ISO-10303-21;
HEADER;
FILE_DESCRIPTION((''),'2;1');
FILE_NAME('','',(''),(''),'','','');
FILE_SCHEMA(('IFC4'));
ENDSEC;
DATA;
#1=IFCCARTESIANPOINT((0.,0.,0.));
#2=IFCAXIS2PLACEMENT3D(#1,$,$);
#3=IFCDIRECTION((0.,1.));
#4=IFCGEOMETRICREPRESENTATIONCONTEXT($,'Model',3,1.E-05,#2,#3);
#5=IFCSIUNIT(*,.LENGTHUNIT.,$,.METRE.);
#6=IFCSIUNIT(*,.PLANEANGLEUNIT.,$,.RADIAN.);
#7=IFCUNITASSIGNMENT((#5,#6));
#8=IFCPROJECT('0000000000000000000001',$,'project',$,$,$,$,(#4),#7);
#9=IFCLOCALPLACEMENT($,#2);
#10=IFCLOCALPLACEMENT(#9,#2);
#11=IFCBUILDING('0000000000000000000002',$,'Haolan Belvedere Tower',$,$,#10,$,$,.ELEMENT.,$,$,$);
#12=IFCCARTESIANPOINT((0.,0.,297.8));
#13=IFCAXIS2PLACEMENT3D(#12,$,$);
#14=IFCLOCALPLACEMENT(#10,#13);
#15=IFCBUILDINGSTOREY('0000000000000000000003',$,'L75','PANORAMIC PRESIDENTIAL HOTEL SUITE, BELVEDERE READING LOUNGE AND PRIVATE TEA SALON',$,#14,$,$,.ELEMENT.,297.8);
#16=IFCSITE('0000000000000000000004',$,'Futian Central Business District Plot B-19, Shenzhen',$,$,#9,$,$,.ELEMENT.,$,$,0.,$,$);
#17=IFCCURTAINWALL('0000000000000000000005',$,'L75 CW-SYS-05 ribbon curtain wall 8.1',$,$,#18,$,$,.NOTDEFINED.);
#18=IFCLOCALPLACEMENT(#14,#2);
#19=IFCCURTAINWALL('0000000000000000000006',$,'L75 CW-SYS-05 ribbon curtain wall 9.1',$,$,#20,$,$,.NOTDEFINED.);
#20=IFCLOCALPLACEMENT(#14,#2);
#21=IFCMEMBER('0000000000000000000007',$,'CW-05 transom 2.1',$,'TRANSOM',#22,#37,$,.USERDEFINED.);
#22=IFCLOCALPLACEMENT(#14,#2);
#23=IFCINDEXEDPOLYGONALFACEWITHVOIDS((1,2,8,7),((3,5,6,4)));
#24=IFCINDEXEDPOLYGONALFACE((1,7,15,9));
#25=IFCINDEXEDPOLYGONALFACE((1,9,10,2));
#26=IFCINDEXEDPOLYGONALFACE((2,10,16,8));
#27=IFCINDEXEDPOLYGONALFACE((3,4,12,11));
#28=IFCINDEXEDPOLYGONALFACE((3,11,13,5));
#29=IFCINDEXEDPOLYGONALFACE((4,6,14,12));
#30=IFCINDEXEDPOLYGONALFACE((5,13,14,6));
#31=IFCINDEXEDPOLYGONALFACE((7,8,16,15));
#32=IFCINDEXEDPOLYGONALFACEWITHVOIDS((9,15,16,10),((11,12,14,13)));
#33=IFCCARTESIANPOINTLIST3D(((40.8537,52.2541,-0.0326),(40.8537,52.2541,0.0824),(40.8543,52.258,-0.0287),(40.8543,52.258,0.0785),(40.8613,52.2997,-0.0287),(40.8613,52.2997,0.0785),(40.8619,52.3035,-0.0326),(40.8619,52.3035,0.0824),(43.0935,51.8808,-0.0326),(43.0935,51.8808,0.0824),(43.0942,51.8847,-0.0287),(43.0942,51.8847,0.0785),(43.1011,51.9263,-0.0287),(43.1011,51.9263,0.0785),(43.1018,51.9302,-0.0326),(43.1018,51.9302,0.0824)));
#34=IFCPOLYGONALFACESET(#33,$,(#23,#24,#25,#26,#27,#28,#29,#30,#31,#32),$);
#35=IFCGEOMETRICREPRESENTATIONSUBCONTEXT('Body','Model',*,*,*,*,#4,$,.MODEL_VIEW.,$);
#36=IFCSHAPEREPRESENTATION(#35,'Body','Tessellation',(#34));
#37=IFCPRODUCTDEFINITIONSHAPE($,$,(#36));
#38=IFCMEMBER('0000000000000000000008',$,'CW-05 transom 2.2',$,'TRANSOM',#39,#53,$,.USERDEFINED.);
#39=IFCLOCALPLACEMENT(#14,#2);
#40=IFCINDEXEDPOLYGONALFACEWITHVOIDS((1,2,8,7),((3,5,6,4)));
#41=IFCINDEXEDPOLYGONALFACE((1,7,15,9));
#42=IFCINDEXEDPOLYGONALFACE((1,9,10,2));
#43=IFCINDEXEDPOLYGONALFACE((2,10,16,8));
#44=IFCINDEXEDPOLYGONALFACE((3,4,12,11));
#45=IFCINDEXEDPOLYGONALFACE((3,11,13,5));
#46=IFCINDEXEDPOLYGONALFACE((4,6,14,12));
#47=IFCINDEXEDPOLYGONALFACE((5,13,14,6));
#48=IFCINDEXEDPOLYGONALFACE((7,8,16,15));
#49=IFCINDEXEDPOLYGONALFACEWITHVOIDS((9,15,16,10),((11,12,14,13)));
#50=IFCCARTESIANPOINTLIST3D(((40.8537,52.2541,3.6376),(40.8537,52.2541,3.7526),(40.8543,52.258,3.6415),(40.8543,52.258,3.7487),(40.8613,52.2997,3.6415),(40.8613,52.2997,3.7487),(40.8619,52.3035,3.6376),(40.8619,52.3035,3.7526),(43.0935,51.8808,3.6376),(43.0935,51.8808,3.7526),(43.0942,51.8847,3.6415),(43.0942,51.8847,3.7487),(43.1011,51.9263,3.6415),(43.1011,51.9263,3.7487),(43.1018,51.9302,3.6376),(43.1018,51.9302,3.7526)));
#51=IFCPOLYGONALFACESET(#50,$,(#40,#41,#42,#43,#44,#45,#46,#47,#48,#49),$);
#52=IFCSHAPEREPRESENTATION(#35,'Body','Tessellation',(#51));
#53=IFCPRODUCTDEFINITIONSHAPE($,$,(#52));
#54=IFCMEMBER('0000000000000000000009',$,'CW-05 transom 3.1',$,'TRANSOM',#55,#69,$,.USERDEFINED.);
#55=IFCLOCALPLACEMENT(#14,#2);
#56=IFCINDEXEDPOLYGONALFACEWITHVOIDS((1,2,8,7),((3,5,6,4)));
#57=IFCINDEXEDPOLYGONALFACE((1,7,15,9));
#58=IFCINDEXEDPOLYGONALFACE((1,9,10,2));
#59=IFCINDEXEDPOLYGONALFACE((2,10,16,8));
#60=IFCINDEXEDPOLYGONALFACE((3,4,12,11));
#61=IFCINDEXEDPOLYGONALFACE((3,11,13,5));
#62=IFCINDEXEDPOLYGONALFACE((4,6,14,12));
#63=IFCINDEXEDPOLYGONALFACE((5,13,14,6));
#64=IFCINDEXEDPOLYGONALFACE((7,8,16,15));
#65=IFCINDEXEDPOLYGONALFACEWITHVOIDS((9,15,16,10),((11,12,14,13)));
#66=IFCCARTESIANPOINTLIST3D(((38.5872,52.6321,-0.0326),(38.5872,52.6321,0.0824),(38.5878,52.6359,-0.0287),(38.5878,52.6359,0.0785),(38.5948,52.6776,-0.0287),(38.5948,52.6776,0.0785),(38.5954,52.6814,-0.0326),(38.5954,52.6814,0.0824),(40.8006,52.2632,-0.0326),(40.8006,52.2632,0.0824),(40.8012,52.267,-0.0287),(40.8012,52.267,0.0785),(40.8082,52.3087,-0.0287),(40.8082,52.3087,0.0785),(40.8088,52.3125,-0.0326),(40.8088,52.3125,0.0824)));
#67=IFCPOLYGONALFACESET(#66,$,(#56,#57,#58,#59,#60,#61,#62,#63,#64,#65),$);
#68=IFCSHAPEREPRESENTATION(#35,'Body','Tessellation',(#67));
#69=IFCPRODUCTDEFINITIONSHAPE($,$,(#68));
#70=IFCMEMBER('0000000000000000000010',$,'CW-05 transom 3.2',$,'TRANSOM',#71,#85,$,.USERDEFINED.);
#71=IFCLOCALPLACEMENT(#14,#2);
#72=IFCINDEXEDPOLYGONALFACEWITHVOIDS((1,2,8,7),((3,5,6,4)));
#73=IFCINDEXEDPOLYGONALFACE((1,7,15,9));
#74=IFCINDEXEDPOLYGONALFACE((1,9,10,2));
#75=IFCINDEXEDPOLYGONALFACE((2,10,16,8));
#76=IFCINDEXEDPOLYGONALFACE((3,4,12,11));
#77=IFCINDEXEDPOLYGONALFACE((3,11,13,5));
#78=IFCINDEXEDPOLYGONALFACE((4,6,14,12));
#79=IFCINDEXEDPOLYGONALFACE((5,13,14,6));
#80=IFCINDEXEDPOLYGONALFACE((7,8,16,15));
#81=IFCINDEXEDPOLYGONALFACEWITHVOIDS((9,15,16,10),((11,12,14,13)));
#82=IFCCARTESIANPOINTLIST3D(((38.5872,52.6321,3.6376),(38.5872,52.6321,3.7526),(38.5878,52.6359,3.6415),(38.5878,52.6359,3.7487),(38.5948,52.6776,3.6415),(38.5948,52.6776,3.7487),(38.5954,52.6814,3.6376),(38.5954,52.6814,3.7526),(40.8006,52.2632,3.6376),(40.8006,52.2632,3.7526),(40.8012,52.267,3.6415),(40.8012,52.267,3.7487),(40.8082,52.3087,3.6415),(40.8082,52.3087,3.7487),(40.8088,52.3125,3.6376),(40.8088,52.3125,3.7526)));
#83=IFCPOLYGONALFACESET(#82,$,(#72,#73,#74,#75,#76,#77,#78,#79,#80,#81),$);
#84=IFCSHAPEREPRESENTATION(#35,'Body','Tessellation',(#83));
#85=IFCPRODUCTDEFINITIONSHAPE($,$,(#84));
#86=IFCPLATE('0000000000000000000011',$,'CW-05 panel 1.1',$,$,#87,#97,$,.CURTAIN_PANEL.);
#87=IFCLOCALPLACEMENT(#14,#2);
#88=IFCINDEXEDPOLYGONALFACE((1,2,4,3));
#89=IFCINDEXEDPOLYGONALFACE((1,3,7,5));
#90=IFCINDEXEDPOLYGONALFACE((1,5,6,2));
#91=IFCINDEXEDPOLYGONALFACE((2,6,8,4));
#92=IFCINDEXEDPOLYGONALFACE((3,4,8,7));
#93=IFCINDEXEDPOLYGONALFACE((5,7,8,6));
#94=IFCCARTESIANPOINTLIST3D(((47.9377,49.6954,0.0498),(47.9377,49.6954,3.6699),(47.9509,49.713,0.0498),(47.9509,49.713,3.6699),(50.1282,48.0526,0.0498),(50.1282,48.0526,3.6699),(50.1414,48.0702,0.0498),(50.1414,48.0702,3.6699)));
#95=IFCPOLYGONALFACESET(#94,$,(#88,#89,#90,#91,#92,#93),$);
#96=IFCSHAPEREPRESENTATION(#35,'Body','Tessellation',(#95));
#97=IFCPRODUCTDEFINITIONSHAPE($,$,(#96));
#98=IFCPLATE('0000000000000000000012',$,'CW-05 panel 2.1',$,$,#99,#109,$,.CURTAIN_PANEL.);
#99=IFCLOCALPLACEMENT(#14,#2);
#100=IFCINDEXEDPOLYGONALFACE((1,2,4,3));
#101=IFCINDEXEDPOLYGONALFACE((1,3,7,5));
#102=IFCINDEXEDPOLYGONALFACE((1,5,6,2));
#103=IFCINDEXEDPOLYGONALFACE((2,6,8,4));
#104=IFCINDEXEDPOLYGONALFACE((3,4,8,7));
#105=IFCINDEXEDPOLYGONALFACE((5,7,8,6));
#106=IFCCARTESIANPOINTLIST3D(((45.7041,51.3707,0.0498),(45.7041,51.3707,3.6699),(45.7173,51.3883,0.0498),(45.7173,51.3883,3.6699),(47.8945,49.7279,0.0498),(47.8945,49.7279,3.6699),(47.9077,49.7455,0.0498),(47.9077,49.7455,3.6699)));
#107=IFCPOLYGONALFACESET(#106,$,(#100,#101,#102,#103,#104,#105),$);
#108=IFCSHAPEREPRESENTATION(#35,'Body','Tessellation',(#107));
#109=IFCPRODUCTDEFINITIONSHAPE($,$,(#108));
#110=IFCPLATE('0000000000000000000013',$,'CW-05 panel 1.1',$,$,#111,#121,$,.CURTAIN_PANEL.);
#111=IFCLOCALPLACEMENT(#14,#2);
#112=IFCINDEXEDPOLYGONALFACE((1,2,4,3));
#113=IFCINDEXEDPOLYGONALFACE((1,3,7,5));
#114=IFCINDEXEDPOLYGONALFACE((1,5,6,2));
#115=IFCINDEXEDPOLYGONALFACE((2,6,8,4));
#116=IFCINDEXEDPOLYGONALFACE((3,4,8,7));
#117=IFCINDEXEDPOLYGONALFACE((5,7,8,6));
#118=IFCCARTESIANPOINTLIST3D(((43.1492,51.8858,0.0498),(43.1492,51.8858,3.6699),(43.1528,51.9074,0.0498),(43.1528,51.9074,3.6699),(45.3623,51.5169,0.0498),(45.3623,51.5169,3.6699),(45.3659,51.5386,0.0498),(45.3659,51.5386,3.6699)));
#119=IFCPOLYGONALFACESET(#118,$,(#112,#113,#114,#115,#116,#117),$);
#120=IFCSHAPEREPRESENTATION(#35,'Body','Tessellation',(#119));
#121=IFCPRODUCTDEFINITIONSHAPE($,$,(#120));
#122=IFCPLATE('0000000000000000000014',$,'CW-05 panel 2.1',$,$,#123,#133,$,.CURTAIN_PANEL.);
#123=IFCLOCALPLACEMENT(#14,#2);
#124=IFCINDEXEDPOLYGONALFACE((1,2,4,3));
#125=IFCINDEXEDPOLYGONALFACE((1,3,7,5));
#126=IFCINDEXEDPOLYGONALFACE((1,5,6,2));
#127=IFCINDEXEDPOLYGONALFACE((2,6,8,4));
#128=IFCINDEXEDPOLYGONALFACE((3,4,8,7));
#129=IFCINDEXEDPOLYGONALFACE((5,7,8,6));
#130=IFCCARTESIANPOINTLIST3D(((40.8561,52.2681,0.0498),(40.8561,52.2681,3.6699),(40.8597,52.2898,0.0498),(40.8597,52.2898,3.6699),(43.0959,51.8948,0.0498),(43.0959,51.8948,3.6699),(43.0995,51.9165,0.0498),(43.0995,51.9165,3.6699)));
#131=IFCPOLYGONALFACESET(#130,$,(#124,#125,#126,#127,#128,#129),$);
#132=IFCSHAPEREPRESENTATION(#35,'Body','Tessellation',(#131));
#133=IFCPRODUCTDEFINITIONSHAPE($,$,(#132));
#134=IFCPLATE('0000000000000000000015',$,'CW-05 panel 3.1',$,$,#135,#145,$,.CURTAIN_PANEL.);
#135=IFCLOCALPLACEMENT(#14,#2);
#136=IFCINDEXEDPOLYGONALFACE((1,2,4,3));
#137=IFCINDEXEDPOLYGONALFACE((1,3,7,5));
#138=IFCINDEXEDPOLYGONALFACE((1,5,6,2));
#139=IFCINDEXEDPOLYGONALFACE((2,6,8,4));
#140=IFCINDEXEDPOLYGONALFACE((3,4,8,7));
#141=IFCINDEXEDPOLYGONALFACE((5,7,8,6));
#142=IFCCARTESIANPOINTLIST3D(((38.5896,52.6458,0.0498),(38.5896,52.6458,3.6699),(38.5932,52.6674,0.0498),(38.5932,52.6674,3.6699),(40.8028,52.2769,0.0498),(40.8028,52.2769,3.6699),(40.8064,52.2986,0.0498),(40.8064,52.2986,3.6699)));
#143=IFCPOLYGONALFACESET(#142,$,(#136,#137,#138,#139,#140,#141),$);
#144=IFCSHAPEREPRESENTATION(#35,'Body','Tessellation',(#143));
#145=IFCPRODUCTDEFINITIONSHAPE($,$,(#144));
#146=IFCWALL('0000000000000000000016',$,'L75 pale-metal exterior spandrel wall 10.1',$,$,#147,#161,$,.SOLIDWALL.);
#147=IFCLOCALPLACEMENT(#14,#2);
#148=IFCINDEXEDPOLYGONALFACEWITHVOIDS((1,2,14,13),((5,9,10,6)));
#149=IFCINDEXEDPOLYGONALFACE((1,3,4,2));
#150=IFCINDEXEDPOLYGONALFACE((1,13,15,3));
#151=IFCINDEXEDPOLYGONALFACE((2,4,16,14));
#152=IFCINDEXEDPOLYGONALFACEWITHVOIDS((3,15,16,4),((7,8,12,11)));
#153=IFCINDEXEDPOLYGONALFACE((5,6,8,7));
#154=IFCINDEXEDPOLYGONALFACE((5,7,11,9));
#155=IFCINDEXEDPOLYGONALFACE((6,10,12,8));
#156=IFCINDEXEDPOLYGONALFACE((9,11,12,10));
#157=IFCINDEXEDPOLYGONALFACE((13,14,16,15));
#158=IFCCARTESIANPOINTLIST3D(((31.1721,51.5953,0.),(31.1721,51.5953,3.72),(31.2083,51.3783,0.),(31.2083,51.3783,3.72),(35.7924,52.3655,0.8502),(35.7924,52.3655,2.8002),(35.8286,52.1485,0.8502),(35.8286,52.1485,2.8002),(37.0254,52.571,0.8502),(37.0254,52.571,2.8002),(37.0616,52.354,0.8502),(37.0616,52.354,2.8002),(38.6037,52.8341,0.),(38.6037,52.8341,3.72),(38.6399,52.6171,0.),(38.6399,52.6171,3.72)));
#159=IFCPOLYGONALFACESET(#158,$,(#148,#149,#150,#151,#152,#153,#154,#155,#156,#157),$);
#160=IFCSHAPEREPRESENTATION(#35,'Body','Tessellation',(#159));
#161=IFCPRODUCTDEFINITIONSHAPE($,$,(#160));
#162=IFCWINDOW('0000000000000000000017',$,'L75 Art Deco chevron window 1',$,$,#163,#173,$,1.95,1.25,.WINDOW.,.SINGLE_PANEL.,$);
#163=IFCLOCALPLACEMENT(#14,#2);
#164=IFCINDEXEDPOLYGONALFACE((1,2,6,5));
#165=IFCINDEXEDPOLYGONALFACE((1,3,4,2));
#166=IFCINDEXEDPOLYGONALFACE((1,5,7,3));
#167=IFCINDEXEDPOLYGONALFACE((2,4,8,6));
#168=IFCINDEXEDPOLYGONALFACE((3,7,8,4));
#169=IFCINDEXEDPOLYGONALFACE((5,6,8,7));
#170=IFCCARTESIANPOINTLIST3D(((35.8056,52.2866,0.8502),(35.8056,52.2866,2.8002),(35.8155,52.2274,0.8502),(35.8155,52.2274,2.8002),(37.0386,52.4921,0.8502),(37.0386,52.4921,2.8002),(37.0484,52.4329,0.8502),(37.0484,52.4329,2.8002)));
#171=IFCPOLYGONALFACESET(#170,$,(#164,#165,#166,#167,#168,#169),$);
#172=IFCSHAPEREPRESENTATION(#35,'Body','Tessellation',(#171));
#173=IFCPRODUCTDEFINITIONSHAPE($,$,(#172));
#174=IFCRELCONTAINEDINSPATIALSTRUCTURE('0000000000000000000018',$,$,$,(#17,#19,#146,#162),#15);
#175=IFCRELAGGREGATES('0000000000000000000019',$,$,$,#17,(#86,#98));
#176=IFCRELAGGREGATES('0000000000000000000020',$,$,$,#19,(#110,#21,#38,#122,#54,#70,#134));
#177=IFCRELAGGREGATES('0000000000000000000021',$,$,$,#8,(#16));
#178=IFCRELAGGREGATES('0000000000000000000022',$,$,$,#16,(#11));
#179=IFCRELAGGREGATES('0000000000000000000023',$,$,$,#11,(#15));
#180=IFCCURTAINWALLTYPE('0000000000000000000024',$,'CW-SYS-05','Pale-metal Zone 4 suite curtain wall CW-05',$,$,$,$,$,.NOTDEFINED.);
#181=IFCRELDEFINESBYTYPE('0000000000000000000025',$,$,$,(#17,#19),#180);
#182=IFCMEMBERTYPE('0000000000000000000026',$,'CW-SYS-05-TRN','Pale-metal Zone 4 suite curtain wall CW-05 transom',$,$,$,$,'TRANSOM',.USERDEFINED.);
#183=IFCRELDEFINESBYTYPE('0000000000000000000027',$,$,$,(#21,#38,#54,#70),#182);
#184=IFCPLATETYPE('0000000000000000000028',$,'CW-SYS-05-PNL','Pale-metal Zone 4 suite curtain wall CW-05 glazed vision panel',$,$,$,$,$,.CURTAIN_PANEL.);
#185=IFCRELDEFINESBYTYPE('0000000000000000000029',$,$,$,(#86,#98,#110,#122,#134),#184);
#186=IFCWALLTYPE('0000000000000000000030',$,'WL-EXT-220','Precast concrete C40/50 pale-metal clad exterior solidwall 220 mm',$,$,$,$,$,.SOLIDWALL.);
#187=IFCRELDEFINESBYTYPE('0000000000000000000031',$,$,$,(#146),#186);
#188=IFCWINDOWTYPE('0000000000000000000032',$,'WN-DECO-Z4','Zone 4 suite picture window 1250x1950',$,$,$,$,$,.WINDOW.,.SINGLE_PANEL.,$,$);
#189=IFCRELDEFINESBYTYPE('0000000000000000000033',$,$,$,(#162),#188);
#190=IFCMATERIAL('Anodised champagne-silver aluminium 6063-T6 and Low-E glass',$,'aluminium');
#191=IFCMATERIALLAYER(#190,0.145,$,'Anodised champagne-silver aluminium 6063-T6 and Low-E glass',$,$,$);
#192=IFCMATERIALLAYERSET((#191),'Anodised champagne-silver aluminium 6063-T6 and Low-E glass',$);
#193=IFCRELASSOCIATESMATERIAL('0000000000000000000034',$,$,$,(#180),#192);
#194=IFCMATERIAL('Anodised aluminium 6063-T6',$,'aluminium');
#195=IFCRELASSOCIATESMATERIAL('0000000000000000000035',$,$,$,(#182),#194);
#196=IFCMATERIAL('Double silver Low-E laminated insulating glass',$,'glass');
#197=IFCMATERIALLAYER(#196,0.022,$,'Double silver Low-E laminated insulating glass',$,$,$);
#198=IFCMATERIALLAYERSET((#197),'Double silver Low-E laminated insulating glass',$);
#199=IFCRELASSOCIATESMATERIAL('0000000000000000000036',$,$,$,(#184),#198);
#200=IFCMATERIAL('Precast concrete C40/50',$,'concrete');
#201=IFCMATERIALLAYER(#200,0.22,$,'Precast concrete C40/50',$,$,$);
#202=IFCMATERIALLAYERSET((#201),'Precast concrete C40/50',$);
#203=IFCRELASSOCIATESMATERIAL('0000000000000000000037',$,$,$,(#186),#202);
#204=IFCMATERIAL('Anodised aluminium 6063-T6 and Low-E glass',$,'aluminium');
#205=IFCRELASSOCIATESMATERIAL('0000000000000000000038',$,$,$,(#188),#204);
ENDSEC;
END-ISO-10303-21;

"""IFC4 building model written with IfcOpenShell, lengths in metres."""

from ifc_helpers import new_model, si_unit, direction, frame, frame_2d, origin, origin_2d, place, context, subcontext, project, spatial, rectangle, hollow_rectangle, extrude, material, layer, layer_set, material_profile, profile_set, type_object, element, fill, aggregate, save


model = new_model("IFC4")

# Units and contexts
model_context = context("Model", 3, precision=1e-05, world=origin(), true_north=direction((0.0, 1.0)))
body_context = subcontext(model_context, "Body", "Model", "MODEL_VIEW")
ifc_project = project(units=[si_unit("LENGTHUNIT", "METRE"), si_unit("PLANEANGLEUNIT", "RADIAN")], contexts=[model_context])

# Site, building, storey
site_placement = place(None, origin())
site = spatial("IfcSite", under=ifc_project, at=site_placement, Name="Futian Central Business District Plot B-19, Shenzhen", CompositionType="ELEMENT", RefElevation=0.0)
building_placement = place(site_placement, origin())
building = spatial("IfcBuilding", under=site, at=building_placement, Name="Haolan Belvedere Tower", CompositionType="ELEMENT")
storey_placement = place(building_placement, frame((0.0, 0.0, 297.8)))
storey = spatial("IfcBuildingStorey", under=building, at=storey_placement, Name="L75", Description="PANORAMIC PRESIDENTIAL HOTEL SUITE, BELVEDERE READING LOUNGE AND PRIVATE TEA SALON", CompositionType="ELEMENT", Elevation=297.8)

# Curtain walls
ifc_material_1 = material(Name="Anodised champagne-silver aluminium 6063-T6 and Low-E glass", Category="aluminium")
ifc_layer_1 = layer(ifc_material_1, 0.145, Name="Anodised champagne-silver aluminium 6063-T6 and Low-E glass")
ifc_layer_set_1 = layer_set([ifc_layer_1], Name="Anodised champagne-silver aluminium 6063-T6 and Low-E glass")
curtain_wall_type = type_object("IfcCurtainWallType", Name="CW-SYS-05", Description="Pale-metal Zone 4 suite curtain wall CW-05", PredefinedType="NOTDEFINED", material=ifc_layer_set_1)
curtain_wall_1_placement = place(storey_placement, origin())
curtain_wall_1 = element("IfcCurtainWall", 1, at=curtain_wall_1_placement, inside=storey, type_object=curtain_wall_type, Name="L75 CW-SYS-05 ribbon curtain wall 8.1", PredefinedType="NOTDEFINED")
ifc_material_2 = material(Name="Anodised aluminium 6063-T6", Category="aluminium")
curtain_wall_2_placement = place(storey_placement, origin())
curtain_wall_2 = element("IfcCurtainWall", 2, at=curtain_wall_2_placement, inside=storey, type_object=curtain_wall_type, Name="L75 CW-SYS-05 ribbon curtain wall 9.1", PredefinedType="NOTDEFINED")

# Members
ifc_material_profile_1 = material_profile(ifc_material_2, hollow_rectangle(XDim=0.05, YDim=0.115, WallThickness=0.0039, at=origin_2d()), Name="Anodised aluminium 6063-T6")
ifc_profile_set_1 = profile_set([ifc_material_profile_1], Name="Anodised aluminium 6063-T6")
member_type_1 = type_object("IfcMemberType", Name="CW-SYS-05-TRN", Description="Pale-metal Zone 4 suite curtain wall CW-05 transom", ElementType="TRANSOM", PredefinedType="USERDEFINED", material=ifc_profile_set_1)
member_1_placement = place(storey_placement, frame((43.0977, 51.9055, 0.0249), z_axis=(-0.986394, 0.164399, 0.0), x_axis=(-0.164399, -0.986394, 0.0)))
member_1 = element("IfcMember", 3, at=member_1_placement, type_object=member_type_1, Name="CW-05 transom 2.1", ObjectType="TRANSOM", PredefinedType="USERDEFINED", context=body_context, shape_type="SweptSolid", body=[
    extrude(hollow_rectangle(XDim=0.05, YDim=0.115, WallThickness=0.0039, at=origin_2d()), origin(), (0.0, 0.0, 1.0), 2.2708),
])
member_2_placement = place(storey_placement, frame((43.0977, 51.9055, 3.6951), z_axis=(-0.986394, 0.164399, 0.0), x_axis=(-0.164399, -0.986394, 0.0)))
member_2 = element("IfcMember", 4, at=member_2_placement, type_object=member_type_1, Name="CW-05 transom 2.2", ObjectType="TRANSOM", PredefinedType="USERDEFINED", context=body_context, shape_type="SweptSolid", body=[
    extrude(hollow_rectangle(XDim=0.05, YDim=0.115, WallThickness=0.0039, at=origin_2d()), origin(), (0.0, 0.0, 1.0), 2.2708),
])
member_3_placement = place(storey_placement, frame((40.8047, 52.2878, 0.0249), z_axis=(-0.986394, 0.164399, 0.0), x_axis=(-0.164399, -0.986394, 0.0)))
member_3 = element("IfcMember", 5, at=member_3_placement, type_object=member_type_1, Name="CW-05 transom 3.1", ObjectType="TRANSOM", PredefinedType="USERDEFINED", context=body_context, shape_type="SweptSolid", body=[
    extrude(hollow_rectangle(XDim=0.05, YDim=0.115, WallThickness=0.0039, at=origin_2d()), origin(), (0.0, 0.0, 1.0), 2.2439),
])
member_4_placement = place(storey_placement, frame((40.8047, 52.2878, 3.6951), z_axis=(-0.986394, 0.164399, 0.0), x_axis=(-0.164399, -0.986394, 0.0)))
member_4 = element("IfcMember", 6, at=member_4_placement, type_object=member_type_1, Name="CW-05 transom 3.2", ObjectType="TRANSOM", PredefinedType="USERDEFINED", context=body_context, shape_type="SweptSolid", body=[
    extrude(hollow_rectangle(XDim=0.05, YDim=0.115, WallThickness=0.0039, at=origin_2d()), origin(), (0.0, 0.0, 1.0), 2.2439),
])

# Plates
ifc_material_3 = material(Name="Double silver Low-E laminated insulating glass", Category="glass")
ifc_layer_2 = layer(ifc_material_3, 0.022, Name="Double silver Low-E laminated insulating glass")
ifc_layer_set_2 = layer_set([ifc_layer_2], Name="Double silver Low-E laminated insulating glass")
plate_type = type_object("IfcPlateType", Name="CW-SYS-05-PNL", Description="Pale-metal Zone 4 suite curtain wall CW-05 glazed vision panel", PredefinedType="CURTAIN_PANEL", material=ifc_layer_set_2)
plate_1_placement = place(storey_placement, frame((49.0396, 48.8828, 0.0498), z_axis=(0.0, 0.0, 1.0), x_axis=(-0.799998, 0.600003, 0.0)))
plate_1 = element("IfcPlate", 7, at=plate_1_placement, type_object=plate_type, Name="CW-05 panel 1.1", PredefinedType="CURTAIN_PANEL", context=body_context, shape_type="SweptSolid", body=[
    extrude(rectangle(XDim=2.738, YDim=0.022, at=origin_2d()), origin(), (0.0, 0.0, 1.0), 3.6201),
])
plate_2_placement = place(storey_placement, frame((46.8059, 50.5581, 0.0498), z_axis=(0.0, 0.0, 1.0), x_axis=(-0.799998, 0.600003, 0.0)))
plate_2 = element("IfcPlate", 8, at=plate_2_placement, type_object=plate_type, Name="CW-05 panel 2.1", PredefinedType="CURTAIN_PANEL", context=body_context, shape_type="SweptSolid", body=[
    extrude(rectangle(XDim=2.738, YDim=0.022, at=origin_2d()), origin(), (0.0, 0.0, 1.0), 3.6201),
])
aggregate(curtain_wall_1, [plate_1, plate_2])
plate_3_placement = place(storey_placement, frame((44.2576, 51.7122, 0.0498), z_axis=(0.0, 0.0, 1.0), x_axis=(-0.986393, 0.164406, 0.0)))
plate_3 = element("IfcPlate", 9, at=plate_3_placement, type_object=plate_type, Name="CW-05 panel 1.1", PredefinedType="CURTAIN_PANEL", context=body_context, shape_type="SweptSolid", body=[
    extrude(rectangle(XDim=2.2437, YDim=0.022, at=origin_2d()), origin(), (0.0, 0.0, 1.0), 3.6201),
])
plate_4_placement = place(storey_placement, frame((41.9778, 52.0923, 0.0498), z_axis=(0.0, 0.0, 1.0), x_axis=(-0.986393, 0.164406, 0.0)))
plate_4 = element("IfcPlate", 10, at=plate_4_placement, type_object=plate_type, Name="CW-05 panel 2.1", PredefinedType="CURTAIN_PANEL", context=body_context, shape_type="SweptSolid", body=[
    extrude(rectangle(XDim=2.2708, YDim=0.022, at=origin_2d()), origin(), (0.0, 0.0, 1.0), 3.6201),
])
plate_5_placement = place(storey_placement, frame((39.698, 52.4722, 0.0498), z_axis=(0.0, 0.0, 1.0), x_axis=(-0.986393, 0.164406, 0.0)))
plate_5 = element("IfcPlate", 11, at=plate_5_placement, type_object=plate_type, Name="CW-05 panel 3.1", PredefinedType="CURTAIN_PANEL", context=body_context, shape_type="SweptSolid", body=[
    extrude(rectangle(XDim=2.2437, YDim=0.022, at=origin_2d()), origin(), (0.0, 0.0, 1.0), 3.6201),
])
aggregate(curtain_wall_2, [plate_3, member_1, member_2, plate_4, member_3, member_4, plate_5])

# Wall, opening, window
ifc_material_4 = material(Name="Precast concrete C40/50", Category="concrete")
ifc_layer_3 = layer(ifc_material_4, 0.22, Name="Precast concrete C40/50")
ifc_layer_set_3 = layer_set([ifc_layer_3], Name="Precast concrete C40/50")
wall_type = type_object("IfcWallType", Name="WL-EXT-220", Description="Precast concrete C40/50 pale-metal clad exterior solidwall 220 mm", PredefinedType="SOLIDWALL", material=ifc_layer_set_3)
wall_placement = place(storey_placement, frame((38.6218, 52.7256, 0.0), z_axis=(0.0, 0.0, 1.0), x_axis=(-0.98639, -0.16442, 0.0)))
wall = element("IfcWall", 12, at=wall_placement, inside=storey, type_object=wall_type, Name="L75 pale-metal exterior spandrel wall 10.1", PredefinedType="SOLIDWALL", context=body_context, shape_type="SweptSolid", body=[
    extrude(rectangle(XDim=7.5342, YDim=0.22, at=frame_2d((3.7671, 0.0))), origin(), (0.0, 0.0, 1.0), 3.72),
])
opening_placement = place(wall_placement, frame((1.6001, 0.0, 0.8501)))
opening = element("IfcOpeningElement", 13, at=opening_placement, cuts=wall, PredefinedType="OPENING", context=body_context, shape_type="SweptSolid", body=[
    extrude(rectangle(XDim=1.25, YDim=1.95, at=frame_2d((0.625, 0.9751))), frame((0.0, 0.1199, 0.0), z_axis=(0.0, -1.0, 0.0), x_axis=(1.0, 0.0, 0.0)), (0.0, 0.0, 1.0), 0.24),
])
ifc_material_5 = material(Name="Anodised aluminium 6063-T6 and Low-E glass", Category="aluminium")
window_type = type_object("IfcWindowType", Name="WN-DECO-Z4", Description="Zone 4 suite picture window 1250x1950", PartitioningType="SINGLE_PANEL", PredefinedType="WINDOW", material=ifc_material_5)
window_placement = place(opening_placement, origin())
window = element("IfcWindow", 14, at=window_placement, inside=storey, type_object=window_type, Name="L75 Art Deco chevron window 1", OverallHeight=1.95, OverallWidth=1.25, PartitioningType="SINGLE_PANEL", PredefinedType="WINDOW", context=body_context, shape_type="SweptSolid", body=[
    extrude(rectangle(XDim=1.25, YDim=1.95, at=frame_2d((0.625, 0.9751))), frame((0.0, 0.03, 0.0), z_axis=(0.0, -1.0, 0.0), x_axis=(1.0, 0.0, 0.0)), (0.0, 0.0, 1.0), 0.0601),
])
fill(opening, window)

save(model, "model.ifc")
